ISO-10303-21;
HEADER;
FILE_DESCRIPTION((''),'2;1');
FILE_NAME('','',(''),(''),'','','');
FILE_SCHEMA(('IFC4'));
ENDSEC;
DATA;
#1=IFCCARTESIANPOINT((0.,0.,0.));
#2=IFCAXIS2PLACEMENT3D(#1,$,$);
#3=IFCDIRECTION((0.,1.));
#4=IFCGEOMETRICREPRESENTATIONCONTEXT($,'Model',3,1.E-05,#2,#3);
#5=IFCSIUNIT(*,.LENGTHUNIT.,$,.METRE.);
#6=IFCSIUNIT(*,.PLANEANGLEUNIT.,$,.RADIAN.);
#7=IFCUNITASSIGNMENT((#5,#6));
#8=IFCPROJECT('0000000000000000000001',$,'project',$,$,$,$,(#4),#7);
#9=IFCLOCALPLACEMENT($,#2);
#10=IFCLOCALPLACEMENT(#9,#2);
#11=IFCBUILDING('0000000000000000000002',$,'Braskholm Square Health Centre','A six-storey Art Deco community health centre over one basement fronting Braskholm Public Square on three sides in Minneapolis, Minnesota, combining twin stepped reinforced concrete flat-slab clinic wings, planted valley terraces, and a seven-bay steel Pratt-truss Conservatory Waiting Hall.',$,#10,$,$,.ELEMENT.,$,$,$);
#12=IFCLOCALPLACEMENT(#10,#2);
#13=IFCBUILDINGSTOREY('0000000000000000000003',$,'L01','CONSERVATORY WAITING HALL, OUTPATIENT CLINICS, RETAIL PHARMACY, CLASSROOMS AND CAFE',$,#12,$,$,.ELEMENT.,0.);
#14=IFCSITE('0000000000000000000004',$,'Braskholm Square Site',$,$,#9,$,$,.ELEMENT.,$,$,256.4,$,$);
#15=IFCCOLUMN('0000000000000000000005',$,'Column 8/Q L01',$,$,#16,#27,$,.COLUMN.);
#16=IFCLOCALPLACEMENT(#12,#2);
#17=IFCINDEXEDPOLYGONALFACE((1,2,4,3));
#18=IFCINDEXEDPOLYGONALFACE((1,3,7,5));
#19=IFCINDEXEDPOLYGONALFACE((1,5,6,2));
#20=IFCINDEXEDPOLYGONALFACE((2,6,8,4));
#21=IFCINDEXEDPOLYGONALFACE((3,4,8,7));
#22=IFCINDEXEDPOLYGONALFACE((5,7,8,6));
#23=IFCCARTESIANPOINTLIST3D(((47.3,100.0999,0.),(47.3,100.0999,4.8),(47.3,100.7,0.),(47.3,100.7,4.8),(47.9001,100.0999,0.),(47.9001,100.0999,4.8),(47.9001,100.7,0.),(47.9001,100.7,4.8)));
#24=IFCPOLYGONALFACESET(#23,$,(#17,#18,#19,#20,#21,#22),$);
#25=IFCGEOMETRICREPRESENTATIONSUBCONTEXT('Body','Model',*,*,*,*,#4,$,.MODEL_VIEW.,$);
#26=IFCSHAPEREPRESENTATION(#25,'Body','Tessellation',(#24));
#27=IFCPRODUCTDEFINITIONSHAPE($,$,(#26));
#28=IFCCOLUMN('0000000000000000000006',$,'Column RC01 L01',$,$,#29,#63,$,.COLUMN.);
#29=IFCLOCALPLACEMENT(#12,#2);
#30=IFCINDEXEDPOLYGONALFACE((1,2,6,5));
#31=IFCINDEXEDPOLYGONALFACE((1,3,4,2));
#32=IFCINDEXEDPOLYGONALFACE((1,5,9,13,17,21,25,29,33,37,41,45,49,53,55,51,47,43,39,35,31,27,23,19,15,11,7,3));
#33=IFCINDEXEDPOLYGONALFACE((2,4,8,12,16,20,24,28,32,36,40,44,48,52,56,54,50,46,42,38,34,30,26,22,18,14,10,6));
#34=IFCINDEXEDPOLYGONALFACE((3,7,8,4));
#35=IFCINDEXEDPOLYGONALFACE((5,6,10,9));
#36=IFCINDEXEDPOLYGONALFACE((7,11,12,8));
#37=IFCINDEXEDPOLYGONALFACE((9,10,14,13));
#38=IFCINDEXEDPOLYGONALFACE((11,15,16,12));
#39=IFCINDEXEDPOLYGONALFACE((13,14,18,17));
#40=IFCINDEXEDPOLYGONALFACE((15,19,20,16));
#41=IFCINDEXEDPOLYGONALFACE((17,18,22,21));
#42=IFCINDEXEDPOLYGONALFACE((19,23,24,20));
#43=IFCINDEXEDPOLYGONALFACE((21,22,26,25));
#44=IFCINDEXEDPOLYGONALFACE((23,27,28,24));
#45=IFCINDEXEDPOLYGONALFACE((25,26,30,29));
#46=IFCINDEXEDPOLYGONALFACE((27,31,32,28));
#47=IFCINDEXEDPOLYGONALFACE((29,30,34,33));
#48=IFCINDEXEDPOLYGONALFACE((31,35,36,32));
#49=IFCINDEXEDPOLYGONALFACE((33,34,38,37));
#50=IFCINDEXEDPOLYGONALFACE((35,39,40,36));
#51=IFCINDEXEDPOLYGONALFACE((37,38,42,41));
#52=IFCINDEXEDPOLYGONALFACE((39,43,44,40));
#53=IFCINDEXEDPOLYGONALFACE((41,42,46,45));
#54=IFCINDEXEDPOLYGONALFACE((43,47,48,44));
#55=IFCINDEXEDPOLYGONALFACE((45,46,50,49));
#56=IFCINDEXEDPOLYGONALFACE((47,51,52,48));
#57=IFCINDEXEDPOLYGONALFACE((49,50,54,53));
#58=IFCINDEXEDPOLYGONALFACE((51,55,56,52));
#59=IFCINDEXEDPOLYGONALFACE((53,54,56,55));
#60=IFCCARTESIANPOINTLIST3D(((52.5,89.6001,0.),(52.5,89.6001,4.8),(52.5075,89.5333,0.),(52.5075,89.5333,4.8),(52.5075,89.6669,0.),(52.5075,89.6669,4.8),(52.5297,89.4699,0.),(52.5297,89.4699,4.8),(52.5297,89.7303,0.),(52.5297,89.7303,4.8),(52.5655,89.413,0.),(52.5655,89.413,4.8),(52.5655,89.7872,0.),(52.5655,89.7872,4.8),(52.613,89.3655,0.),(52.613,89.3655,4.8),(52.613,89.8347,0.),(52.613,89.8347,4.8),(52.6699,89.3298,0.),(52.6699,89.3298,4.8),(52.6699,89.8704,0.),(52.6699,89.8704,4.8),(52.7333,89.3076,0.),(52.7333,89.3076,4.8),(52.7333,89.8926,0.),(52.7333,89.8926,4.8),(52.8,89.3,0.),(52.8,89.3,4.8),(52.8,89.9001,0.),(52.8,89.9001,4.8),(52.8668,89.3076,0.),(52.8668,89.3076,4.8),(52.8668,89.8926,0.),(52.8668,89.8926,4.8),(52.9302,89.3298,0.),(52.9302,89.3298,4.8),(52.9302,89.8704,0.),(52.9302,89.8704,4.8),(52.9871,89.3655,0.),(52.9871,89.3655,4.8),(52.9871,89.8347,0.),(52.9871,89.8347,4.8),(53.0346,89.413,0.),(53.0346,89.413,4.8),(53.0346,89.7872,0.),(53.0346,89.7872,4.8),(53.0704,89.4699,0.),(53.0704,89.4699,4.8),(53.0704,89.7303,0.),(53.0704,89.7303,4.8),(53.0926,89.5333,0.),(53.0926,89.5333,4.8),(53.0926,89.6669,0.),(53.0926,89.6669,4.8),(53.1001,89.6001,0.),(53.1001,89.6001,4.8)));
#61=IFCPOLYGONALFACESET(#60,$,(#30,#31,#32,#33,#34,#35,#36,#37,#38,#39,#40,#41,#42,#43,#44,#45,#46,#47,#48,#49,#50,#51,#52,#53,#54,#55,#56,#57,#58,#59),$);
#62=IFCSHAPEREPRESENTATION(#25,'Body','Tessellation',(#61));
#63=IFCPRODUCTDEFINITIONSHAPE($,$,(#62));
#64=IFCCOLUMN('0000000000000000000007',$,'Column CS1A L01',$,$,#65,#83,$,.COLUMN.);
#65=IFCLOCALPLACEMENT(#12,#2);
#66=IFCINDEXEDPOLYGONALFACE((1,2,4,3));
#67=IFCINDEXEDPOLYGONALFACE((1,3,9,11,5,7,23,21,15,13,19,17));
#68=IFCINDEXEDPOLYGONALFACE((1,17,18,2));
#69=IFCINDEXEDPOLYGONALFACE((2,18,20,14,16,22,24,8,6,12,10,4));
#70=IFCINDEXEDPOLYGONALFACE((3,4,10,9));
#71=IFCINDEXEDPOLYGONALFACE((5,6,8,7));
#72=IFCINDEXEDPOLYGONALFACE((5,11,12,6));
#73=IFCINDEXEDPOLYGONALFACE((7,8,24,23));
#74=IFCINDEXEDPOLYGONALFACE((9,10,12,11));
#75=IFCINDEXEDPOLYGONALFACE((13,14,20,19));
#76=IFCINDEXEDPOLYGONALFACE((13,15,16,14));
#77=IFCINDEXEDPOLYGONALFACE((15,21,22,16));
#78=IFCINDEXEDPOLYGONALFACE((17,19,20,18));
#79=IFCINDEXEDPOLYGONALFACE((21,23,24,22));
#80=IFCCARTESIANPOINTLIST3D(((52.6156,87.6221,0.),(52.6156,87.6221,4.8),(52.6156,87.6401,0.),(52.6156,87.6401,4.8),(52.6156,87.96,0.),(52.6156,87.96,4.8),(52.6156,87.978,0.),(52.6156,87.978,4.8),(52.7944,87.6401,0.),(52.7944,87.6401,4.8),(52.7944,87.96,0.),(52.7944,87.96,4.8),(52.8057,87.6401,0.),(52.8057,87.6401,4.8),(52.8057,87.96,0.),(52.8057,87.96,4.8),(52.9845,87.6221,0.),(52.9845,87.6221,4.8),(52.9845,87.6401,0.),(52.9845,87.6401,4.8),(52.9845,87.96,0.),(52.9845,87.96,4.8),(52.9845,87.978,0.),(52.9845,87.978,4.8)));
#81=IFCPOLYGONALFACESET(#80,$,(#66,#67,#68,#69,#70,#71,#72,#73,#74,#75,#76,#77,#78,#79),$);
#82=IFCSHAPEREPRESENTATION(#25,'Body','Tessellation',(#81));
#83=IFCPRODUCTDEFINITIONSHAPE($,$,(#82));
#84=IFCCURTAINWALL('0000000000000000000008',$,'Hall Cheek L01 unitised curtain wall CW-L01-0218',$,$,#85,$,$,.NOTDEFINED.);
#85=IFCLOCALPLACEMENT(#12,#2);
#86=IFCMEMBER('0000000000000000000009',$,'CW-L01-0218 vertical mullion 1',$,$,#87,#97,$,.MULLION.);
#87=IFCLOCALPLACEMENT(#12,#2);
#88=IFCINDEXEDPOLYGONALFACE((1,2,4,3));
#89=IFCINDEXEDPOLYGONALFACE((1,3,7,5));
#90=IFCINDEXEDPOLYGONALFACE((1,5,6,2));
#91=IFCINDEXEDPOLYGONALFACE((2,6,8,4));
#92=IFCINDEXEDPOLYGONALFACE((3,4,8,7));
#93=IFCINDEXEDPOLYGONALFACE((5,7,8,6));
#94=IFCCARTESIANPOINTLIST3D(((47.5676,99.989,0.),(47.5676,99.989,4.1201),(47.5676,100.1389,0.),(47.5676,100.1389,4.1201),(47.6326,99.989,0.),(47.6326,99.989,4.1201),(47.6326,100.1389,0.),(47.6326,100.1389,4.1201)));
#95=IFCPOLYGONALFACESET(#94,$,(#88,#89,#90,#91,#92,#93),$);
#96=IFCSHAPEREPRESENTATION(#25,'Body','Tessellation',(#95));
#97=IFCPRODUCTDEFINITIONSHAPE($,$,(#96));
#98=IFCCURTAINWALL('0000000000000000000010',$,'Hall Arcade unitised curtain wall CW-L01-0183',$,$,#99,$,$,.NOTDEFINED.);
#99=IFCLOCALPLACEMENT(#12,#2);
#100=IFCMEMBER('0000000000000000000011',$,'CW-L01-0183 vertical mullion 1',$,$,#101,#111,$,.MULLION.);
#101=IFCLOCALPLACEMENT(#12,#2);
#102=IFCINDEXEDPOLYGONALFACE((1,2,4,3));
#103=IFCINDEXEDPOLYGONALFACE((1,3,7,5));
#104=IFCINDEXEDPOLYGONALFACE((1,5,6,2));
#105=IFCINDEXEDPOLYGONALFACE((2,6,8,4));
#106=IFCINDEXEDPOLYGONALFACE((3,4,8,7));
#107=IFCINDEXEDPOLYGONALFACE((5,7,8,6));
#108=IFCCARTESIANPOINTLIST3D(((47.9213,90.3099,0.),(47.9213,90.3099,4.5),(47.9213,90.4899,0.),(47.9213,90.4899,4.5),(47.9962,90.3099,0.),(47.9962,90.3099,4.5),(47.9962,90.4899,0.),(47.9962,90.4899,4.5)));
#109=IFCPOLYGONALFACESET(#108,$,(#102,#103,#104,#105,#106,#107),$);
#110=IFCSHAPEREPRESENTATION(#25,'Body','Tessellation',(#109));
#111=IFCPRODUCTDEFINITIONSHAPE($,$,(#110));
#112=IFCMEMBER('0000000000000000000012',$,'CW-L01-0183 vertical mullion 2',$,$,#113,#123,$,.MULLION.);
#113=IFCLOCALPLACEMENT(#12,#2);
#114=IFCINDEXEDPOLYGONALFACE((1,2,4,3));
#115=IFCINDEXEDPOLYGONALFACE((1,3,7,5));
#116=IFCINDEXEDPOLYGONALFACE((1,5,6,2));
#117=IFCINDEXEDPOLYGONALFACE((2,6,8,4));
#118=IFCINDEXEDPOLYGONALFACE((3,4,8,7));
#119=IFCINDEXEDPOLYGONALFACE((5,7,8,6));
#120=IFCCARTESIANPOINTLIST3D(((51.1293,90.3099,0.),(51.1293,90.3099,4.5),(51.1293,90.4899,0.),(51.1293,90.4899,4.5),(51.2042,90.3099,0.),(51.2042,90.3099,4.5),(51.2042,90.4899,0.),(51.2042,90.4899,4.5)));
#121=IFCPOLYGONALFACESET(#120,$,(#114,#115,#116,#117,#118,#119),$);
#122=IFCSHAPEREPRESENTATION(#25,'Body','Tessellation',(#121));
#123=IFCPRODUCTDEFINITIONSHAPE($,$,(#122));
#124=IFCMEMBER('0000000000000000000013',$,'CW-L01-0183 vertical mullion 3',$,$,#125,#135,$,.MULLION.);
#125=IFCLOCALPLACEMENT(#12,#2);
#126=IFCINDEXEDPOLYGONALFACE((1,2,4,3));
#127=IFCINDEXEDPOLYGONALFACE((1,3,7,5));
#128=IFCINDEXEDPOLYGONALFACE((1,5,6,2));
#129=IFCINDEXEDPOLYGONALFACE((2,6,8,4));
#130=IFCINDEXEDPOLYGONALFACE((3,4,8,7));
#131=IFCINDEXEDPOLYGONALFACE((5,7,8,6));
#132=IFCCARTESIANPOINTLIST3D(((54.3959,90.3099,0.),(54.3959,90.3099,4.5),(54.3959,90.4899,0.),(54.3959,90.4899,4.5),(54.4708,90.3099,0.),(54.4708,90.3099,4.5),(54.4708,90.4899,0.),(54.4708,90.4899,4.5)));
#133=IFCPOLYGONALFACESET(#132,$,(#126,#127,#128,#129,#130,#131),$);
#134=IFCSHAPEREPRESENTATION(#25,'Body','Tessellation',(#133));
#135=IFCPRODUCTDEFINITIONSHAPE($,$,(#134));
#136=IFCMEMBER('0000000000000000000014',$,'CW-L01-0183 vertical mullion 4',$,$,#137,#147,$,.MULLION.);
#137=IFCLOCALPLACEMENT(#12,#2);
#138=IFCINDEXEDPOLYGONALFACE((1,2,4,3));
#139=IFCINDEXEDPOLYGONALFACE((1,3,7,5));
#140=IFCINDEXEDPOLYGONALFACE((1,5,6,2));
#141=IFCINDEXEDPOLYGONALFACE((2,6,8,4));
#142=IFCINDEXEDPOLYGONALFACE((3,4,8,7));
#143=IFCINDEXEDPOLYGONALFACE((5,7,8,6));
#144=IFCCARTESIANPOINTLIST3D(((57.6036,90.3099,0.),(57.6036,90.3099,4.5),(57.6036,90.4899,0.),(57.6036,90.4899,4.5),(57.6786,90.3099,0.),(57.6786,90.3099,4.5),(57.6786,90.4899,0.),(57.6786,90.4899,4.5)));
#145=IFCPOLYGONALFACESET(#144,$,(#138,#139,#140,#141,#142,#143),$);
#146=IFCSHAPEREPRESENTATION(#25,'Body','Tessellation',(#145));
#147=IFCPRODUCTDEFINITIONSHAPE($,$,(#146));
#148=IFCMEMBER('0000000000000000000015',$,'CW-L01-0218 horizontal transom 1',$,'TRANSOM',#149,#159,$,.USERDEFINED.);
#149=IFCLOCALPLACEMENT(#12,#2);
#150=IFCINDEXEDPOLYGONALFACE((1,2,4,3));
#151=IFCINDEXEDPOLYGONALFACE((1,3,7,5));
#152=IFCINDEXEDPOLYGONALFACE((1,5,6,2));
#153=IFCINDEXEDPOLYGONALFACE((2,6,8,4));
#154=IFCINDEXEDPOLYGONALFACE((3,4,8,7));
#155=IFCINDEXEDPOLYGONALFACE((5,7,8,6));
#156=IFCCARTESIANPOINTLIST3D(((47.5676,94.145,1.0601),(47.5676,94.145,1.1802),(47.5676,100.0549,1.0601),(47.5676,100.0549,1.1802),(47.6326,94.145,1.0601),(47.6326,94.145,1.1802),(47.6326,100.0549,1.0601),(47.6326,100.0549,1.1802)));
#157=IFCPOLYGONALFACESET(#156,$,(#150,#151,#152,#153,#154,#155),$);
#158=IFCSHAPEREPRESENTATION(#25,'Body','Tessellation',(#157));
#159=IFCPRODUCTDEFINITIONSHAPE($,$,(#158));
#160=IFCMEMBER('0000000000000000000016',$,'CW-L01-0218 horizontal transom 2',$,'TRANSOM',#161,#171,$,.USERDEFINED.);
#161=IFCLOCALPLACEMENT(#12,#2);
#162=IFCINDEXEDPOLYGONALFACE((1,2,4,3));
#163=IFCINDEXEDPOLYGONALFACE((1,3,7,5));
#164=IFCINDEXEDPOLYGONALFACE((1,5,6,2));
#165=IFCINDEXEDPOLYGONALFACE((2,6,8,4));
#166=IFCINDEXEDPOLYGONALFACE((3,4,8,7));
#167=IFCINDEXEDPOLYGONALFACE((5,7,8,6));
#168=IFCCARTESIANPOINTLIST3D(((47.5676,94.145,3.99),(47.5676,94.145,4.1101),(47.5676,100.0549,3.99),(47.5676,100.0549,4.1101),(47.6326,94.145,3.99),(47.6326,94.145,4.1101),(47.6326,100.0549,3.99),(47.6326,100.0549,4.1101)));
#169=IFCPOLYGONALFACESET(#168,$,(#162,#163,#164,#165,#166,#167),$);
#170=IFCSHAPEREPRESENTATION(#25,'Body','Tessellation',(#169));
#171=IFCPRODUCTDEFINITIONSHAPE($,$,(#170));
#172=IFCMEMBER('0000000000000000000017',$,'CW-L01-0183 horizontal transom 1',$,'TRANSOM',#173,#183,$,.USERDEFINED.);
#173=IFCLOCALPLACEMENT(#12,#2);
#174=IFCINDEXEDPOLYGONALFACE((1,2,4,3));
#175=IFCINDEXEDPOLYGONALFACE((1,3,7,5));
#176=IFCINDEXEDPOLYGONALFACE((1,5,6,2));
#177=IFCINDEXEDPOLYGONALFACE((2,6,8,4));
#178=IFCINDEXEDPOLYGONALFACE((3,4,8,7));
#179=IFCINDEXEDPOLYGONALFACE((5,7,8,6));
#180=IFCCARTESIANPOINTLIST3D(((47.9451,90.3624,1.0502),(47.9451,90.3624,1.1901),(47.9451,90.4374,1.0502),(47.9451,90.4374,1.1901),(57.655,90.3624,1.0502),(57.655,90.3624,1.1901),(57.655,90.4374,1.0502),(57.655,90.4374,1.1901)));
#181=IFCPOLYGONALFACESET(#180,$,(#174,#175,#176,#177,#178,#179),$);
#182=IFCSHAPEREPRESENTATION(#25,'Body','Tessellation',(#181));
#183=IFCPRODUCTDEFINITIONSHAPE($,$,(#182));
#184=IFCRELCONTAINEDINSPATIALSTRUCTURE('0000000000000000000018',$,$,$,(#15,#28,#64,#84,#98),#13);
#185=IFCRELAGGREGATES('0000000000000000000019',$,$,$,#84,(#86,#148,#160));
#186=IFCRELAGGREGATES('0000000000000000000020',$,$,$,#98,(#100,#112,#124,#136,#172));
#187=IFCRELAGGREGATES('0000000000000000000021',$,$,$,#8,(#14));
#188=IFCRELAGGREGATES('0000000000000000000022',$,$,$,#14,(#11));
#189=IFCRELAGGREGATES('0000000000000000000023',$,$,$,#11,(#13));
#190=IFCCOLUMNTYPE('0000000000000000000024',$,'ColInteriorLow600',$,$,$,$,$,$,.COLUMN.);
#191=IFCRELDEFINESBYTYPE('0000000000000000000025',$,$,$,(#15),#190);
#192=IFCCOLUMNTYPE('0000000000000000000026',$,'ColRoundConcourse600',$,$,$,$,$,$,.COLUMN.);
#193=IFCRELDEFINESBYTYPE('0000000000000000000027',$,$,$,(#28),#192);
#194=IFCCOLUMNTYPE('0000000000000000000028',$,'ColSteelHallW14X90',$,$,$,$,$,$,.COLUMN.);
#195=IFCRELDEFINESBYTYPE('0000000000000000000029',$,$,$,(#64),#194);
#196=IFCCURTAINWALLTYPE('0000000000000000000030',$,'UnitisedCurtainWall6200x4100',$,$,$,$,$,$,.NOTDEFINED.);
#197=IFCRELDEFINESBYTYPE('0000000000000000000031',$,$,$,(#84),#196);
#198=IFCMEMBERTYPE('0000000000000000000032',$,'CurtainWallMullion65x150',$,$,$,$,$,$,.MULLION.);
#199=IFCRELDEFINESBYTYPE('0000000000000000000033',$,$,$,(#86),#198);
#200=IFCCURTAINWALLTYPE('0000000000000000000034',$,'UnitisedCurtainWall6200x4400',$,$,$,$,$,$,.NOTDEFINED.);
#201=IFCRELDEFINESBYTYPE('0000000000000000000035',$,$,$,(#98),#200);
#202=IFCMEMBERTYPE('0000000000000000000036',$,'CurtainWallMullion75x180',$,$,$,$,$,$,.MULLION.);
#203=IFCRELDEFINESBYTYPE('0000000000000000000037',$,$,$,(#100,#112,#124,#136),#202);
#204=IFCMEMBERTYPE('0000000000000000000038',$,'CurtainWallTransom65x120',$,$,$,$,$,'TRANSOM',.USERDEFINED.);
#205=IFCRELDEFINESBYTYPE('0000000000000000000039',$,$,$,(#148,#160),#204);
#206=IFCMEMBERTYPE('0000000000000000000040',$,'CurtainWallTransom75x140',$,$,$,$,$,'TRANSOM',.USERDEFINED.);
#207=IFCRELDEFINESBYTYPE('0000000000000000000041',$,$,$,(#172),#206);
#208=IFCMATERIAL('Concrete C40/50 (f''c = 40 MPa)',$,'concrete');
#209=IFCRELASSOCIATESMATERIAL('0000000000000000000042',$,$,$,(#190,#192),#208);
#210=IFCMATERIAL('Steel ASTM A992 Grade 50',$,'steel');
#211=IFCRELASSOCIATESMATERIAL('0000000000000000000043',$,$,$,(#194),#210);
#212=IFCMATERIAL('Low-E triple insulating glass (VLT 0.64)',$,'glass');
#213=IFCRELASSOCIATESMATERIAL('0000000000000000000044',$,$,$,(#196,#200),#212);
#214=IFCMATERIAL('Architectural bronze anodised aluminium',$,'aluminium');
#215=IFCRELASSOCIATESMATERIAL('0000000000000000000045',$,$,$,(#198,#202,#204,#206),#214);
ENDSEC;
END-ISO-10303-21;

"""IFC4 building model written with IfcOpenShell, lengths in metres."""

from ifc_helpers import new_model, si_unit, direction, frame, origin, origin_2d, place, context, subcontext, project, spatial, rectangle, circle, i_section, extrude, material, material_profile, profile_set, type_object, element, aggregate, save


model = new_model("IFC4")

# Units and contexts
model_context = context("Model", 3, precision=1e-05, world=origin(), true_north=direction((0.0, 1.0)))
body_context = subcontext(model_context, "Body", "Model", "MODEL_VIEW")
ifc_project = project(units=[si_unit("LENGTHUNIT", "METRE"), si_unit("PLANEANGLEUNIT", "RADIAN")], contexts=[model_context])

# Site, building, storey
site_placement = place(None, origin())
site = spatial("IfcSite", under=ifc_project, at=site_placement, Name="Braskholm Square Site", CompositionType="ELEMENT", RefElevation=256.4)
building_placement = place(site_placement, origin())
building = spatial("IfcBuilding", under=site, at=building_placement, Name="Braskholm Square Health Centre", Description="A six-storey Art Deco community health centre over one basement fronting Braskholm Public Square on three sides in Minneapolis, Minnesota, combining twin stepped reinforced concrete flat-slab clinic wings, planted valley terraces, and a seven-bay steel Pratt-truss Conservatory Waiting Hall.", CompositionType="ELEMENT")
storey_placement = place(building_placement, origin())
storey = spatial("IfcBuildingStorey", under=building, at=storey_placement, Name="L01", Description="CONSERVATORY WAITING HALL, OUTPATIENT CLINICS, RETAIL PHARMACY, CLASSROOMS AND CAFE", CompositionType="ELEMENT", Elevation=0.0)

# Columns
ifc_material_1 = material(Name="Concrete C40/50 (f'c = 40 MPa)", Category="concrete")
ifc_material_profile_1 = material_profile(ifc_material_1, rectangle(XDim=0.6001, YDim=0.6001, at=origin_2d()), Name="RC-600X600")
ifc_profile_set_1 = profile_set([ifc_material_profile_1], Name="Concrete C40/50 (f'c = 40 MPa)")
column_type_1 = type_object("IfcColumnType", Name="ColInteriorLow600", PredefinedType="COLUMN", material=ifc_profile_set_1)
column_1_placement = place(storey_placement, frame((47.6001, 100.3999, 0.0), z_axis=(0.0, 0.0, 1.0), x_axis=(1.0, 0.0, 0.0)))
element("IfcColumn", 1, at=column_1_placement, inside=storey, type_object=column_type_1, Name="Column 8/Q L01", PredefinedType="COLUMN", context=body_context, shape_type="SweptSolid", body=[
    extrude(rectangle(XDim=0.6001, YDim=0.6001, at=origin_2d()), origin(), (0.0, 0.0, 1.0), 4.8),
])
ifc_material_profile_2 = material_profile(ifc_material_1, circle(Radius=0.3, at=origin_2d()), Name="RC-RND-600")
ifc_profile_set_2 = profile_set([ifc_material_profile_2], Name="Concrete C40/50 (f'c = 40 MPa)")
column_type_2 = type_object("IfcColumnType", Name="ColRoundConcourse600", PredefinedType="COLUMN", material=ifc_profile_set_2)
column_2_placement = place(storey_placement, frame((52.8, 89.6001, 0.0), z_axis=(0.0, 0.0, 1.0), x_axis=(1.0, 0.0, 0.0)))
element("IfcColumn", 2, at=column_2_placement, inside=storey, type_object=column_type_2, Name="Column RC01 L01", PredefinedType="COLUMN", context=body_context, shape_type="SweptSolid", body=[
    extrude(circle(Radius=0.3, at=origin_2d()), origin(), (0.0, 0.0, 1.0), 4.8),
])
ifc_material_2 = material(Name="Steel ASTM A992 Grade 50", Category="steel")
ifc_material_profile_3 = material_profile(ifc_material_2, i_section(OverallWidth=0.3689, OverallDepth=0.356, WebThickness=0.0112, FlangeThickness=0.0181, at=origin_2d()), Name="W14X90")
ifc_profile_set_3 = profile_set([ifc_material_profile_3], Name="Steel ASTM A992 Grade 50")
column_type_3 = type_object("IfcColumnType", Name="ColSteelHallW14X90", PredefinedType="COLUMN", material=ifc_profile_set_3)
column_3_placement = place(storey_placement, frame((52.8, 87.8, 0.0), z_axis=(0.0, 0.0, 1.0), x_axis=(1.0, 0.0, 0.0)))
element("IfcColumn", 3, at=column_3_placement, inside=storey, type_object=column_type_3, Name="Column CS1A L01", PredefinedType="COLUMN", context=body_context, shape_type="SweptSolid", body=[
    extrude(i_section(OverallWidth=0.3689, OverallDepth=0.356, WebThickness=0.0112, FlangeThickness=0.0181, at=origin_2d()), origin(), (0.0, 0.0, 1.0), 4.8),
])

# Curtain wall, member
ifc_material_3 = material(Name="Low-E triple insulating glass (VLT 0.64)", Category="glass")
curtain_wall_type_1 = type_object("IfcCurtainWallType", Name="UnitisedCurtainWall6200x4100", PredefinedType="NOTDEFINED", material=ifc_material_3)
curtain_wall_1_placement = place(storey_placement, origin())
curtain_wall_1 = element("IfcCurtainWall", 4, at=curtain_wall_1_placement, inside=storey, type_object=curtain_wall_type_1, Name="Hall Cheek L01 unitised curtain wall CW-L01-0218", PredefinedType="NOTDEFINED")
ifc_material_4 = material(Name="Architectural bronze anodised aluminium", Category="aluminium")
ifc_material_profile_4 = material_profile(ifc_material_4, rectangle(XDim=0.0649, YDim=0.1499, at=origin_2d()), Name="ALU-65X150")
ifc_profile_set_4 = profile_set([ifc_material_profile_4], Name="Architectural bronze anodised aluminium")
member_type_1 = type_object("IfcMemberType", Name="CurtainWallMullion65x150", PredefinedType="MULLION", material=ifc_profile_set_4)
member_1_placement = place(storey_placement, frame((47.6001, 100.064, 0.0), z_axis=(0.0, 0.0, 1.0), x_axis=(1.0, 0.0, 0.0)))
member_1 = element("IfcMember", 5, at=member_1_placement, type_object=member_type_1, Name="CW-L01-0218 vertical mullion 1", PredefinedType="MULLION", context=body_context, shape_type="SweptSolid", body=[
    extrude(rectangle(XDim=0.0649, YDim=0.1499, at=origin_2d()), origin(), (0.0, 0.0, 1.0), 4.1201),
])

# Curtain wall, members
curtain_wall_type_2 = type_object("IfcCurtainWallType", Name="UnitisedCurtainWall6200x4400", PredefinedType="NOTDEFINED", material=ifc_material_3)
curtain_wall_2_placement = place(storey_placement, origin())
curtain_wall_2 = element("IfcCurtainWall", 6, at=curtain_wall_2_placement, inside=storey, type_object=curtain_wall_type_2, Name="Hall Arcade unitised curtain wall CW-L01-0183", PredefinedType="NOTDEFINED")
ifc_material_profile_5 = material_profile(ifc_material_4, rectangle(XDim=0.075, YDim=0.1799, at=origin_2d()), Name="ALU-75X180")
ifc_profile_set_5 = profile_set([ifc_material_profile_5], Name="Architectural bronze anodised aluminium")
member_type_2 = type_object("IfcMemberType", Name="CurtainWallMullion75x180", PredefinedType="MULLION", material=ifc_profile_set_5)
member_2_placement = place(storey_placement, frame((47.9587, 90.3999, 0.0), z_axis=(0.0, 0.0, 1.0), x_axis=(1.0, 0.0, 0.0)))
member_2 = element("IfcMember", 7, at=member_2_placement, type_object=member_type_2, Name="CW-L01-0183 vertical mullion 1", PredefinedType="MULLION", context=body_context, shape_type="SweptSolid", body=[
    extrude(rectangle(XDim=0.075, YDim=0.1799, at=origin_2d()), origin(), (0.0, 0.0, 1.0), 4.5),
])
member_3_placement = place(storey_placement, frame((51.1667, 90.3999, 0.0), z_axis=(0.0, 0.0, 1.0), x_axis=(1.0, 0.0, 0.0)))
member_3 = element("IfcMember", 8, at=member_3_placement, type_object=member_type_2, Name="CW-L01-0183 vertical mullion 2", PredefinedType="MULLION", context=body_context, shape_type="SweptSolid", body=[
    extrude(rectangle(XDim=0.075, YDim=0.1799, at=origin_2d()), origin(), (0.0, 0.0, 1.0), 4.5),
])
member_4_placement = place(storey_placement, frame((54.4333, 90.3999, 0.0), z_axis=(0.0, 0.0, 1.0), x_axis=(1.0, 0.0, 0.0)))
member_4 = element("IfcMember", 9, at=member_4_placement, type_object=member_type_2, Name="CW-L01-0183 vertical mullion 3", PredefinedType="MULLION", context=body_context, shape_type="SweptSolid", body=[
    extrude(rectangle(XDim=0.075, YDim=0.1799, at=origin_2d()), origin(), (0.0, 0.0, 1.0), 4.5),
])
member_5_placement = place(storey_placement, frame((57.6411, 90.3999, 0.0), z_axis=(0.0, 0.0, 1.0), x_axis=(1.0, 0.0, 0.0)))
member_5 = element("IfcMember", 10, at=member_5_placement, type_object=member_type_2, Name="CW-L01-0183 vertical mullion 4", PredefinedType="MULLION", context=body_context, shape_type="SweptSolid", body=[
    extrude(rectangle(XDim=0.075, YDim=0.1799, at=origin_2d()), origin(), (0.0, 0.0, 1.0), 4.5),
])

# Members
ifc_material_profile_6 = material_profile(ifc_material_4, rectangle(XDim=0.0649, YDim=0.1201, at=origin_2d()), Name="ALU-65X120")
ifc_profile_set_6 = profile_set([ifc_material_profile_6], Name="Architectural bronze anodised aluminium")
member_type_3 = type_object("IfcMemberType", Name="CurtainWallTransom65x120", ElementType="TRANSOM", PredefinedType="USERDEFINED", material=ifc_profile_set_6)
member_6_placement = place(storey_placement, frame((47.6001, 100.0549, 1.1201), z_axis=(0.0, -1.0, 0.0), x_axis=(1.0, 0.0, 0.0)))
member_6 = element("IfcMember", 11, at=member_6_placement, type_object=member_type_3, Name="CW-L01-0218 horizontal transom 1", ObjectType="TRANSOM", PredefinedType="USERDEFINED", context=body_context, shape_type="SweptSolid", body=[
    extrude(rectangle(XDim=0.0649, YDim=0.1201, at=origin_2d()), origin(), (0.0, 0.0, 1.0), 5.9099),
])
member_7_placement = place(storey_placement, frame((47.6001, 100.0549, 4.05), z_axis=(0.0, -1.0, 0.0), x_axis=(1.0, 0.0, 0.0)))
member_7 = element("IfcMember", 12, at=member_7_placement, type_object=member_type_3, Name="CW-L01-0218 horizontal transom 2", ObjectType="TRANSOM", PredefinedType="USERDEFINED", context=body_context, shape_type="SweptSolid", body=[
    extrude(rectangle(XDim=0.0649, YDim=0.1201, at=origin_2d()), origin(), (0.0, 0.0, 1.0), 5.9099),
])
aggregate(curtain_wall_1, [member_1, member_6, member_7])
ifc_material_profile_7 = material_profile(ifc_material_4, rectangle(XDim=0.075, YDim=0.1399, at=origin_2d()), Name="ALU-75X140")
ifc_profile_set_7 = profile_set([ifc_material_profile_7], Name="Architectural bronze anodised aluminium")
member_type_4 = type_object("IfcMemberType", Name="CurtainWallTransom75x140", ElementType="TRANSOM", PredefinedType="USERDEFINED", material=ifc_profile_set_7)
member_8_placement = place(storey_placement, frame((47.9451, 90.3999, 1.1201), z_axis=(1.0, 0.0, 0.0), x_axis=(0.0, 1.0, 0.0)))
member_8 = element("IfcMember", 13, at=member_8_placement, type_object=member_type_4, Name="CW-L01-0183 horizontal transom 1", ObjectType="TRANSOM", PredefinedType="USERDEFINED", context=body_context, shape_type="SweptSolid", body=[
    extrude(rectangle(XDim=0.075, YDim=0.1399, at=origin_2d()), origin(), (0.0, 0.0, 1.0), 9.71),
])

aggregate(curtain_wall_2, [member_2, member_3, member_4, member_5, member_8])

save(model, "model.ifc")
